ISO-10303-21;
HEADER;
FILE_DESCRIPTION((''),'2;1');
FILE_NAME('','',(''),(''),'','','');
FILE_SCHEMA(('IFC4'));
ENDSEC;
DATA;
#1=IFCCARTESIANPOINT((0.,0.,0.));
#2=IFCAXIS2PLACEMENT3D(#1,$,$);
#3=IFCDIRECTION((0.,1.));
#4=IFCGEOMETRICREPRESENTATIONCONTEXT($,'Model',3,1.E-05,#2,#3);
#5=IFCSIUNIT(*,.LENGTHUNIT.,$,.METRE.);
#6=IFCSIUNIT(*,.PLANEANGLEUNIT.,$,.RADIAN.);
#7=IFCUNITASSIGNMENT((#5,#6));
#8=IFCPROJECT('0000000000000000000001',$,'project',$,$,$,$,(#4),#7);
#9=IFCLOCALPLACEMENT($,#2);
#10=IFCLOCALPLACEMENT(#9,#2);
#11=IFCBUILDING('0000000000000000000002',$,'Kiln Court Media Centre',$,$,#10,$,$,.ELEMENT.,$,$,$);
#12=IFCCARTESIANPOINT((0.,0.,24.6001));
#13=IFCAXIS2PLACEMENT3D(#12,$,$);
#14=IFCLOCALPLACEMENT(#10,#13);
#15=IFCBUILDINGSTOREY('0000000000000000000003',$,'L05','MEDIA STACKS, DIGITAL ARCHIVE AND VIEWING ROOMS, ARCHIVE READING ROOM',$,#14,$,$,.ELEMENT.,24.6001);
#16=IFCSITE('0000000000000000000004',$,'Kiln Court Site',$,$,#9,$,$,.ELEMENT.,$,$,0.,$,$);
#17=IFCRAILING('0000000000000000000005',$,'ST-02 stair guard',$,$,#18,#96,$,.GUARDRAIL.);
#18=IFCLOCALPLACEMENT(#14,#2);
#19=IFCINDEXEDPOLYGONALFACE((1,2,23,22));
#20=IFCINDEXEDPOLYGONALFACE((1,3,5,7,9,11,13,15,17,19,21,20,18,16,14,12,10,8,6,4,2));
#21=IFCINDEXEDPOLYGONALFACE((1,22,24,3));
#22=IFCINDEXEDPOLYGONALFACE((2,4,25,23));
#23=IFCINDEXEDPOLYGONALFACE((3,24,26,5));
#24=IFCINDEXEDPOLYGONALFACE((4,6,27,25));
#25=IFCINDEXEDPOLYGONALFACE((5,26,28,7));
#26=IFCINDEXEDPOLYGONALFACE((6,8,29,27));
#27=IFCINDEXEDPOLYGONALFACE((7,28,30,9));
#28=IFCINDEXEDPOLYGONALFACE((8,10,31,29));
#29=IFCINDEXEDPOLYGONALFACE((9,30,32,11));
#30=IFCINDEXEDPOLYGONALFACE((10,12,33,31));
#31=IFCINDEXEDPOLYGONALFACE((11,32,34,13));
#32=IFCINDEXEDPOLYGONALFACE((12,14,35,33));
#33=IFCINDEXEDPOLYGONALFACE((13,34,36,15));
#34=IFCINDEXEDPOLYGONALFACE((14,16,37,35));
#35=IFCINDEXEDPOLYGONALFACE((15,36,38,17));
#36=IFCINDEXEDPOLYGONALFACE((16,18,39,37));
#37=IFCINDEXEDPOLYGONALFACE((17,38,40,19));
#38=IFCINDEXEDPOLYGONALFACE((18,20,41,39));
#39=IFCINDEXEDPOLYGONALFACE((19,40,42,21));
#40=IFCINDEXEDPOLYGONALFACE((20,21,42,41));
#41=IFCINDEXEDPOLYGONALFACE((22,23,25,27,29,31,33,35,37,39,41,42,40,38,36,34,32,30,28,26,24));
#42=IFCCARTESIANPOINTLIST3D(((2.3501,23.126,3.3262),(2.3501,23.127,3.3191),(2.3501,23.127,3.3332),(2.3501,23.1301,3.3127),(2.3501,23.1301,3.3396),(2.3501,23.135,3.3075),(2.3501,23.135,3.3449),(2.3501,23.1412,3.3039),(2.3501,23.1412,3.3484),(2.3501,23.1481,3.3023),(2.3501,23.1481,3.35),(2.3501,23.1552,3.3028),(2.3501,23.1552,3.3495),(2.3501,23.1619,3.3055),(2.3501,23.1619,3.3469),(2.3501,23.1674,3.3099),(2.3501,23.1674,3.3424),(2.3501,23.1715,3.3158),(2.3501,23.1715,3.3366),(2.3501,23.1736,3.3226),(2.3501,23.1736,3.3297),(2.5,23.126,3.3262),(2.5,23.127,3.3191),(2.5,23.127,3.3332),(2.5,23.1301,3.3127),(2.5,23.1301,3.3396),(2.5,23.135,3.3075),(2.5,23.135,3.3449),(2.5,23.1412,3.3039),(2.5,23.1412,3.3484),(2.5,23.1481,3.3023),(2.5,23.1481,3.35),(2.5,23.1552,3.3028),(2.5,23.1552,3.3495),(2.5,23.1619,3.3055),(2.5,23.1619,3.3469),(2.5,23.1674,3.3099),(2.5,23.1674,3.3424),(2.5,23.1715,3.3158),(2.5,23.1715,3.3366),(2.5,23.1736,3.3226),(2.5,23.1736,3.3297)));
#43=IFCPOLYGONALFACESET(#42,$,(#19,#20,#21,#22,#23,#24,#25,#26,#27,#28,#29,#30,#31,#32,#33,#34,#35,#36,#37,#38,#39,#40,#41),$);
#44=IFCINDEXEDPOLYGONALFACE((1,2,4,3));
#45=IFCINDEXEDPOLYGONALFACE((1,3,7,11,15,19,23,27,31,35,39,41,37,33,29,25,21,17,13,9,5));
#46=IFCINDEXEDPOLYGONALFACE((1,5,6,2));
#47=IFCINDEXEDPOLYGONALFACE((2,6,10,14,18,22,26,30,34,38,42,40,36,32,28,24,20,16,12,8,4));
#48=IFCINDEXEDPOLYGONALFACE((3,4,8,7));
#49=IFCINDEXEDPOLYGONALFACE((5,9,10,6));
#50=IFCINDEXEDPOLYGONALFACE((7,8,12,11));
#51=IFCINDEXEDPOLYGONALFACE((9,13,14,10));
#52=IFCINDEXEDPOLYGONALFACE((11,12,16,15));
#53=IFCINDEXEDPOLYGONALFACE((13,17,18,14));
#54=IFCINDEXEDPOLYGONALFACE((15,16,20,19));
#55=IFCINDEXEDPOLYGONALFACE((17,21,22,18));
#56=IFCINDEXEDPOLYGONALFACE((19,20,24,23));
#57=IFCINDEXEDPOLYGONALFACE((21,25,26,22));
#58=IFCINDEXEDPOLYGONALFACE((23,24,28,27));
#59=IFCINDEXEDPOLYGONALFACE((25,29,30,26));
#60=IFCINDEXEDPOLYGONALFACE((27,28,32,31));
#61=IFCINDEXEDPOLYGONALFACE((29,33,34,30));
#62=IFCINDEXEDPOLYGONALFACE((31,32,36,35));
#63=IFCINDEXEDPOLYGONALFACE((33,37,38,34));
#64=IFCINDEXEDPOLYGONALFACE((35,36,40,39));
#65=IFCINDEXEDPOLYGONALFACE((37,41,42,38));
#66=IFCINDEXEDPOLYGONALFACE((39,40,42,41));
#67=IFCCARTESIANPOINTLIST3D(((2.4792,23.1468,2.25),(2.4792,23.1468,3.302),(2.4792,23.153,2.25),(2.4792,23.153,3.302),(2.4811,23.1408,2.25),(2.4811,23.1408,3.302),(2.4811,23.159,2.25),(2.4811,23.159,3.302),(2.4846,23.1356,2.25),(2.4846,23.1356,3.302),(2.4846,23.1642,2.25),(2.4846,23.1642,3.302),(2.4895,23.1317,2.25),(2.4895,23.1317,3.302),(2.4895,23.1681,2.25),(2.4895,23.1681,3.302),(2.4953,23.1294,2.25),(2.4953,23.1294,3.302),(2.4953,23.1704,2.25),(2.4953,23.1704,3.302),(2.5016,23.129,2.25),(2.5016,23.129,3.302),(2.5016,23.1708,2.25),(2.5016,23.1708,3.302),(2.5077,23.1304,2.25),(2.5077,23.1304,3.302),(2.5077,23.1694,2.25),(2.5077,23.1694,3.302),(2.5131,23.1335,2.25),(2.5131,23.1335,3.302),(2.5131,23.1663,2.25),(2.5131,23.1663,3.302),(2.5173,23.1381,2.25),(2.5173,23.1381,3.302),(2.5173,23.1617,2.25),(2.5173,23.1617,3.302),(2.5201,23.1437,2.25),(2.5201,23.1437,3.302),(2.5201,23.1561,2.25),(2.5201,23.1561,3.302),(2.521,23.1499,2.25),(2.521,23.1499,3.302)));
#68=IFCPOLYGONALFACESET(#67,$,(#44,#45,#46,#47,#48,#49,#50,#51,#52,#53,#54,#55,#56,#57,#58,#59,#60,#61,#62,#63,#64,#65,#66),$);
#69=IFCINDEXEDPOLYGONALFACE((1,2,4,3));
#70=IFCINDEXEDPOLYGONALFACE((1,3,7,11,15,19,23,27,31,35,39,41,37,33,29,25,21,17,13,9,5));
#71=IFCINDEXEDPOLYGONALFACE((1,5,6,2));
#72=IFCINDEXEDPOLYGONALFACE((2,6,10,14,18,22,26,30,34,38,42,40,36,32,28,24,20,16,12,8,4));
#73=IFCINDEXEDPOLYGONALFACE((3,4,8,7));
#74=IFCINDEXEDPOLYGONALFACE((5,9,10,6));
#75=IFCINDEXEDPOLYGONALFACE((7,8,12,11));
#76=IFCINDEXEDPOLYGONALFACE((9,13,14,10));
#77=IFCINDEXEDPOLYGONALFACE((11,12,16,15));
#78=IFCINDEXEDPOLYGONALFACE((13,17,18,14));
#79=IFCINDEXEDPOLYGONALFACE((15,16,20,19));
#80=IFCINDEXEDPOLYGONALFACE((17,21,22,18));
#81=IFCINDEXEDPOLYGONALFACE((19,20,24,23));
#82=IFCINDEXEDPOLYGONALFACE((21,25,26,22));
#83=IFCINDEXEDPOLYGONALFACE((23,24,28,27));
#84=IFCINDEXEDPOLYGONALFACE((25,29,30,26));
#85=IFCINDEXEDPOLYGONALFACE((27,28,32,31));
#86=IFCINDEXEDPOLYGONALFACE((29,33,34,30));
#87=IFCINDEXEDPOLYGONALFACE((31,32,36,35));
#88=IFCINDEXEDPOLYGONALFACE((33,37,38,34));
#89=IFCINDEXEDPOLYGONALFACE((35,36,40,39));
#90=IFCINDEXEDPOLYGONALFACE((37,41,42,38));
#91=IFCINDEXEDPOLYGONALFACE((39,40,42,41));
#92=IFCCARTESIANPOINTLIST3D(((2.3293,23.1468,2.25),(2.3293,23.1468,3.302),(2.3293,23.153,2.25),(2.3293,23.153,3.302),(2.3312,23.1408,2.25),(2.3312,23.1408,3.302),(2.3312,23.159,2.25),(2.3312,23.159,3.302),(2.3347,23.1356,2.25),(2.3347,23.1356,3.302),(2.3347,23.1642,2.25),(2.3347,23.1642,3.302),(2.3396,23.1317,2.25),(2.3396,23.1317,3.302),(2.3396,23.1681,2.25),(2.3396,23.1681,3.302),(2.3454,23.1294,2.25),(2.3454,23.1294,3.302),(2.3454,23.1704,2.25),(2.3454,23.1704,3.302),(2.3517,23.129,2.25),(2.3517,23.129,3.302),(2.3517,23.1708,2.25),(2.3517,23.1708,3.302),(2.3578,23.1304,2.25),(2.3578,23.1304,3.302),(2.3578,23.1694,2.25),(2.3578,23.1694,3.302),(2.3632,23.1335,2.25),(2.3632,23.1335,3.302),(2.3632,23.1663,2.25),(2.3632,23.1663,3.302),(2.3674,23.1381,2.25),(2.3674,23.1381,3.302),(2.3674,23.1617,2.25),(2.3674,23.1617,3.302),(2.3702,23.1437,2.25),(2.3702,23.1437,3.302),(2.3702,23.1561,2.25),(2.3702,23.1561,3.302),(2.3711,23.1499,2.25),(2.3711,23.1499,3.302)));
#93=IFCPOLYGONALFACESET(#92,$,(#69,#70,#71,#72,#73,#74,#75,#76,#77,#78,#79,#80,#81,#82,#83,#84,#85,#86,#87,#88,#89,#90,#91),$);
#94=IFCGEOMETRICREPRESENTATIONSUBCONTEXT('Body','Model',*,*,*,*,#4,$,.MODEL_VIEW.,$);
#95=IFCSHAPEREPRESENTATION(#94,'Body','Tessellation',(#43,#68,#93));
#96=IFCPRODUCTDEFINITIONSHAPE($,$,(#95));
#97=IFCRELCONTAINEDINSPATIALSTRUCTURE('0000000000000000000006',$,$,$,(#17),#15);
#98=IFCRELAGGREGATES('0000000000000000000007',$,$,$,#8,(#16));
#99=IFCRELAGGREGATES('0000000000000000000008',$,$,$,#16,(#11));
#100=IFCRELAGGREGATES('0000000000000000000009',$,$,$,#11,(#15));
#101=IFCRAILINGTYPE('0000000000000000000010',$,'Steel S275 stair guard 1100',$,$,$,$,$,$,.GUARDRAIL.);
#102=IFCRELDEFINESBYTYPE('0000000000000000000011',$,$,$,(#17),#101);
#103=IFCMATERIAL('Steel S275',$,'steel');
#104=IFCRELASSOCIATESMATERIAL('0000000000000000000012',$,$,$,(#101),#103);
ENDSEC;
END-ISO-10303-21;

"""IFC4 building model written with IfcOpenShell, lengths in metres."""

from ifc_helpers import new_model, si_unit, direction, frame, origin, origin_2d, place, context, subcontext, project, spatial, circle, extrude, material, type_object, element, save


model = new_model("IFC4")

# Units and contexts
model_context = context("Model", 3, precision=1e-05, world=origin(), true_north=direction((0.0, 1.0)))
body_context = subcontext(model_context, "Body", "Model", "MODEL_VIEW")
ifc_project = project(units=[si_unit("LENGTHUNIT", "METRE"), si_unit("PLANEANGLEUNIT", "RADIAN")], contexts=[model_context])

# Site, building, storey
site_placement = place(None, origin())
site = spatial("IfcSite", under=ifc_project, at=site_placement, Name="Kiln Court Site", CompositionType="ELEMENT", RefElevation=0.0)
building_placement = place(site_placement, origin())
building = spatial("IfcBuilding", under=site, at=building_placement, Name="Kiln Court Media Centre", CompositionType="ELEMENT")
storey_placement = place(building_placement, frame((0.0, 0.0, 24.6001)))
storey = spatial("IfcBuildingStorey", under=building, at=storey_placement, Name="L05", Description="MEDIA STACKS, DIGITAL ARCHIVE AND VIEWING ROOMS, ARCHIVE READING ROOM", CompositionType="ELEMENT", Elevation=24.6001)

# Railing
ifc_material_1 = material(Name="Steel S275", Category="steel")
railing_type_1 = type_object("IfcRailingType", Name="Steel S275 stair guard 1100", PredefinedType="GUARDRAIL", material=ifc_material_1)
railing_1_placement = place(storey_placement, frame((2.5, 23.1499, 2.25)))
element("IfcRailing", 1, at=railing_1_placement, inside=storey, type_object=railing_type_1, Name="ST-02 stair guard", PredefinedType="GUARDRAIL", context=body_context, shape_type="SweptSolid", body=[
    extrude(circle(Radius=0.0239, at=origin_2d()), frame((0.0, 0.0, 1.0762), z_axis=(-1.0, 0.0, 0.0), x_axis=(0.0, -1.0, 0.0)), (0.0, 0.0, 1.0), 0.1499),
    extrude(circle(Radius=0.021, at=origin_2d()), origin(), (0.0, 0.0, 1.0), 1.052),
    extrude(circle(Radius=0.021, at=origin_2d()), frame((-0.1499, 0.0, 0.0)), (0.0, 0.0, 1.0), 1.052),
])

save(model, "model.ifc")
